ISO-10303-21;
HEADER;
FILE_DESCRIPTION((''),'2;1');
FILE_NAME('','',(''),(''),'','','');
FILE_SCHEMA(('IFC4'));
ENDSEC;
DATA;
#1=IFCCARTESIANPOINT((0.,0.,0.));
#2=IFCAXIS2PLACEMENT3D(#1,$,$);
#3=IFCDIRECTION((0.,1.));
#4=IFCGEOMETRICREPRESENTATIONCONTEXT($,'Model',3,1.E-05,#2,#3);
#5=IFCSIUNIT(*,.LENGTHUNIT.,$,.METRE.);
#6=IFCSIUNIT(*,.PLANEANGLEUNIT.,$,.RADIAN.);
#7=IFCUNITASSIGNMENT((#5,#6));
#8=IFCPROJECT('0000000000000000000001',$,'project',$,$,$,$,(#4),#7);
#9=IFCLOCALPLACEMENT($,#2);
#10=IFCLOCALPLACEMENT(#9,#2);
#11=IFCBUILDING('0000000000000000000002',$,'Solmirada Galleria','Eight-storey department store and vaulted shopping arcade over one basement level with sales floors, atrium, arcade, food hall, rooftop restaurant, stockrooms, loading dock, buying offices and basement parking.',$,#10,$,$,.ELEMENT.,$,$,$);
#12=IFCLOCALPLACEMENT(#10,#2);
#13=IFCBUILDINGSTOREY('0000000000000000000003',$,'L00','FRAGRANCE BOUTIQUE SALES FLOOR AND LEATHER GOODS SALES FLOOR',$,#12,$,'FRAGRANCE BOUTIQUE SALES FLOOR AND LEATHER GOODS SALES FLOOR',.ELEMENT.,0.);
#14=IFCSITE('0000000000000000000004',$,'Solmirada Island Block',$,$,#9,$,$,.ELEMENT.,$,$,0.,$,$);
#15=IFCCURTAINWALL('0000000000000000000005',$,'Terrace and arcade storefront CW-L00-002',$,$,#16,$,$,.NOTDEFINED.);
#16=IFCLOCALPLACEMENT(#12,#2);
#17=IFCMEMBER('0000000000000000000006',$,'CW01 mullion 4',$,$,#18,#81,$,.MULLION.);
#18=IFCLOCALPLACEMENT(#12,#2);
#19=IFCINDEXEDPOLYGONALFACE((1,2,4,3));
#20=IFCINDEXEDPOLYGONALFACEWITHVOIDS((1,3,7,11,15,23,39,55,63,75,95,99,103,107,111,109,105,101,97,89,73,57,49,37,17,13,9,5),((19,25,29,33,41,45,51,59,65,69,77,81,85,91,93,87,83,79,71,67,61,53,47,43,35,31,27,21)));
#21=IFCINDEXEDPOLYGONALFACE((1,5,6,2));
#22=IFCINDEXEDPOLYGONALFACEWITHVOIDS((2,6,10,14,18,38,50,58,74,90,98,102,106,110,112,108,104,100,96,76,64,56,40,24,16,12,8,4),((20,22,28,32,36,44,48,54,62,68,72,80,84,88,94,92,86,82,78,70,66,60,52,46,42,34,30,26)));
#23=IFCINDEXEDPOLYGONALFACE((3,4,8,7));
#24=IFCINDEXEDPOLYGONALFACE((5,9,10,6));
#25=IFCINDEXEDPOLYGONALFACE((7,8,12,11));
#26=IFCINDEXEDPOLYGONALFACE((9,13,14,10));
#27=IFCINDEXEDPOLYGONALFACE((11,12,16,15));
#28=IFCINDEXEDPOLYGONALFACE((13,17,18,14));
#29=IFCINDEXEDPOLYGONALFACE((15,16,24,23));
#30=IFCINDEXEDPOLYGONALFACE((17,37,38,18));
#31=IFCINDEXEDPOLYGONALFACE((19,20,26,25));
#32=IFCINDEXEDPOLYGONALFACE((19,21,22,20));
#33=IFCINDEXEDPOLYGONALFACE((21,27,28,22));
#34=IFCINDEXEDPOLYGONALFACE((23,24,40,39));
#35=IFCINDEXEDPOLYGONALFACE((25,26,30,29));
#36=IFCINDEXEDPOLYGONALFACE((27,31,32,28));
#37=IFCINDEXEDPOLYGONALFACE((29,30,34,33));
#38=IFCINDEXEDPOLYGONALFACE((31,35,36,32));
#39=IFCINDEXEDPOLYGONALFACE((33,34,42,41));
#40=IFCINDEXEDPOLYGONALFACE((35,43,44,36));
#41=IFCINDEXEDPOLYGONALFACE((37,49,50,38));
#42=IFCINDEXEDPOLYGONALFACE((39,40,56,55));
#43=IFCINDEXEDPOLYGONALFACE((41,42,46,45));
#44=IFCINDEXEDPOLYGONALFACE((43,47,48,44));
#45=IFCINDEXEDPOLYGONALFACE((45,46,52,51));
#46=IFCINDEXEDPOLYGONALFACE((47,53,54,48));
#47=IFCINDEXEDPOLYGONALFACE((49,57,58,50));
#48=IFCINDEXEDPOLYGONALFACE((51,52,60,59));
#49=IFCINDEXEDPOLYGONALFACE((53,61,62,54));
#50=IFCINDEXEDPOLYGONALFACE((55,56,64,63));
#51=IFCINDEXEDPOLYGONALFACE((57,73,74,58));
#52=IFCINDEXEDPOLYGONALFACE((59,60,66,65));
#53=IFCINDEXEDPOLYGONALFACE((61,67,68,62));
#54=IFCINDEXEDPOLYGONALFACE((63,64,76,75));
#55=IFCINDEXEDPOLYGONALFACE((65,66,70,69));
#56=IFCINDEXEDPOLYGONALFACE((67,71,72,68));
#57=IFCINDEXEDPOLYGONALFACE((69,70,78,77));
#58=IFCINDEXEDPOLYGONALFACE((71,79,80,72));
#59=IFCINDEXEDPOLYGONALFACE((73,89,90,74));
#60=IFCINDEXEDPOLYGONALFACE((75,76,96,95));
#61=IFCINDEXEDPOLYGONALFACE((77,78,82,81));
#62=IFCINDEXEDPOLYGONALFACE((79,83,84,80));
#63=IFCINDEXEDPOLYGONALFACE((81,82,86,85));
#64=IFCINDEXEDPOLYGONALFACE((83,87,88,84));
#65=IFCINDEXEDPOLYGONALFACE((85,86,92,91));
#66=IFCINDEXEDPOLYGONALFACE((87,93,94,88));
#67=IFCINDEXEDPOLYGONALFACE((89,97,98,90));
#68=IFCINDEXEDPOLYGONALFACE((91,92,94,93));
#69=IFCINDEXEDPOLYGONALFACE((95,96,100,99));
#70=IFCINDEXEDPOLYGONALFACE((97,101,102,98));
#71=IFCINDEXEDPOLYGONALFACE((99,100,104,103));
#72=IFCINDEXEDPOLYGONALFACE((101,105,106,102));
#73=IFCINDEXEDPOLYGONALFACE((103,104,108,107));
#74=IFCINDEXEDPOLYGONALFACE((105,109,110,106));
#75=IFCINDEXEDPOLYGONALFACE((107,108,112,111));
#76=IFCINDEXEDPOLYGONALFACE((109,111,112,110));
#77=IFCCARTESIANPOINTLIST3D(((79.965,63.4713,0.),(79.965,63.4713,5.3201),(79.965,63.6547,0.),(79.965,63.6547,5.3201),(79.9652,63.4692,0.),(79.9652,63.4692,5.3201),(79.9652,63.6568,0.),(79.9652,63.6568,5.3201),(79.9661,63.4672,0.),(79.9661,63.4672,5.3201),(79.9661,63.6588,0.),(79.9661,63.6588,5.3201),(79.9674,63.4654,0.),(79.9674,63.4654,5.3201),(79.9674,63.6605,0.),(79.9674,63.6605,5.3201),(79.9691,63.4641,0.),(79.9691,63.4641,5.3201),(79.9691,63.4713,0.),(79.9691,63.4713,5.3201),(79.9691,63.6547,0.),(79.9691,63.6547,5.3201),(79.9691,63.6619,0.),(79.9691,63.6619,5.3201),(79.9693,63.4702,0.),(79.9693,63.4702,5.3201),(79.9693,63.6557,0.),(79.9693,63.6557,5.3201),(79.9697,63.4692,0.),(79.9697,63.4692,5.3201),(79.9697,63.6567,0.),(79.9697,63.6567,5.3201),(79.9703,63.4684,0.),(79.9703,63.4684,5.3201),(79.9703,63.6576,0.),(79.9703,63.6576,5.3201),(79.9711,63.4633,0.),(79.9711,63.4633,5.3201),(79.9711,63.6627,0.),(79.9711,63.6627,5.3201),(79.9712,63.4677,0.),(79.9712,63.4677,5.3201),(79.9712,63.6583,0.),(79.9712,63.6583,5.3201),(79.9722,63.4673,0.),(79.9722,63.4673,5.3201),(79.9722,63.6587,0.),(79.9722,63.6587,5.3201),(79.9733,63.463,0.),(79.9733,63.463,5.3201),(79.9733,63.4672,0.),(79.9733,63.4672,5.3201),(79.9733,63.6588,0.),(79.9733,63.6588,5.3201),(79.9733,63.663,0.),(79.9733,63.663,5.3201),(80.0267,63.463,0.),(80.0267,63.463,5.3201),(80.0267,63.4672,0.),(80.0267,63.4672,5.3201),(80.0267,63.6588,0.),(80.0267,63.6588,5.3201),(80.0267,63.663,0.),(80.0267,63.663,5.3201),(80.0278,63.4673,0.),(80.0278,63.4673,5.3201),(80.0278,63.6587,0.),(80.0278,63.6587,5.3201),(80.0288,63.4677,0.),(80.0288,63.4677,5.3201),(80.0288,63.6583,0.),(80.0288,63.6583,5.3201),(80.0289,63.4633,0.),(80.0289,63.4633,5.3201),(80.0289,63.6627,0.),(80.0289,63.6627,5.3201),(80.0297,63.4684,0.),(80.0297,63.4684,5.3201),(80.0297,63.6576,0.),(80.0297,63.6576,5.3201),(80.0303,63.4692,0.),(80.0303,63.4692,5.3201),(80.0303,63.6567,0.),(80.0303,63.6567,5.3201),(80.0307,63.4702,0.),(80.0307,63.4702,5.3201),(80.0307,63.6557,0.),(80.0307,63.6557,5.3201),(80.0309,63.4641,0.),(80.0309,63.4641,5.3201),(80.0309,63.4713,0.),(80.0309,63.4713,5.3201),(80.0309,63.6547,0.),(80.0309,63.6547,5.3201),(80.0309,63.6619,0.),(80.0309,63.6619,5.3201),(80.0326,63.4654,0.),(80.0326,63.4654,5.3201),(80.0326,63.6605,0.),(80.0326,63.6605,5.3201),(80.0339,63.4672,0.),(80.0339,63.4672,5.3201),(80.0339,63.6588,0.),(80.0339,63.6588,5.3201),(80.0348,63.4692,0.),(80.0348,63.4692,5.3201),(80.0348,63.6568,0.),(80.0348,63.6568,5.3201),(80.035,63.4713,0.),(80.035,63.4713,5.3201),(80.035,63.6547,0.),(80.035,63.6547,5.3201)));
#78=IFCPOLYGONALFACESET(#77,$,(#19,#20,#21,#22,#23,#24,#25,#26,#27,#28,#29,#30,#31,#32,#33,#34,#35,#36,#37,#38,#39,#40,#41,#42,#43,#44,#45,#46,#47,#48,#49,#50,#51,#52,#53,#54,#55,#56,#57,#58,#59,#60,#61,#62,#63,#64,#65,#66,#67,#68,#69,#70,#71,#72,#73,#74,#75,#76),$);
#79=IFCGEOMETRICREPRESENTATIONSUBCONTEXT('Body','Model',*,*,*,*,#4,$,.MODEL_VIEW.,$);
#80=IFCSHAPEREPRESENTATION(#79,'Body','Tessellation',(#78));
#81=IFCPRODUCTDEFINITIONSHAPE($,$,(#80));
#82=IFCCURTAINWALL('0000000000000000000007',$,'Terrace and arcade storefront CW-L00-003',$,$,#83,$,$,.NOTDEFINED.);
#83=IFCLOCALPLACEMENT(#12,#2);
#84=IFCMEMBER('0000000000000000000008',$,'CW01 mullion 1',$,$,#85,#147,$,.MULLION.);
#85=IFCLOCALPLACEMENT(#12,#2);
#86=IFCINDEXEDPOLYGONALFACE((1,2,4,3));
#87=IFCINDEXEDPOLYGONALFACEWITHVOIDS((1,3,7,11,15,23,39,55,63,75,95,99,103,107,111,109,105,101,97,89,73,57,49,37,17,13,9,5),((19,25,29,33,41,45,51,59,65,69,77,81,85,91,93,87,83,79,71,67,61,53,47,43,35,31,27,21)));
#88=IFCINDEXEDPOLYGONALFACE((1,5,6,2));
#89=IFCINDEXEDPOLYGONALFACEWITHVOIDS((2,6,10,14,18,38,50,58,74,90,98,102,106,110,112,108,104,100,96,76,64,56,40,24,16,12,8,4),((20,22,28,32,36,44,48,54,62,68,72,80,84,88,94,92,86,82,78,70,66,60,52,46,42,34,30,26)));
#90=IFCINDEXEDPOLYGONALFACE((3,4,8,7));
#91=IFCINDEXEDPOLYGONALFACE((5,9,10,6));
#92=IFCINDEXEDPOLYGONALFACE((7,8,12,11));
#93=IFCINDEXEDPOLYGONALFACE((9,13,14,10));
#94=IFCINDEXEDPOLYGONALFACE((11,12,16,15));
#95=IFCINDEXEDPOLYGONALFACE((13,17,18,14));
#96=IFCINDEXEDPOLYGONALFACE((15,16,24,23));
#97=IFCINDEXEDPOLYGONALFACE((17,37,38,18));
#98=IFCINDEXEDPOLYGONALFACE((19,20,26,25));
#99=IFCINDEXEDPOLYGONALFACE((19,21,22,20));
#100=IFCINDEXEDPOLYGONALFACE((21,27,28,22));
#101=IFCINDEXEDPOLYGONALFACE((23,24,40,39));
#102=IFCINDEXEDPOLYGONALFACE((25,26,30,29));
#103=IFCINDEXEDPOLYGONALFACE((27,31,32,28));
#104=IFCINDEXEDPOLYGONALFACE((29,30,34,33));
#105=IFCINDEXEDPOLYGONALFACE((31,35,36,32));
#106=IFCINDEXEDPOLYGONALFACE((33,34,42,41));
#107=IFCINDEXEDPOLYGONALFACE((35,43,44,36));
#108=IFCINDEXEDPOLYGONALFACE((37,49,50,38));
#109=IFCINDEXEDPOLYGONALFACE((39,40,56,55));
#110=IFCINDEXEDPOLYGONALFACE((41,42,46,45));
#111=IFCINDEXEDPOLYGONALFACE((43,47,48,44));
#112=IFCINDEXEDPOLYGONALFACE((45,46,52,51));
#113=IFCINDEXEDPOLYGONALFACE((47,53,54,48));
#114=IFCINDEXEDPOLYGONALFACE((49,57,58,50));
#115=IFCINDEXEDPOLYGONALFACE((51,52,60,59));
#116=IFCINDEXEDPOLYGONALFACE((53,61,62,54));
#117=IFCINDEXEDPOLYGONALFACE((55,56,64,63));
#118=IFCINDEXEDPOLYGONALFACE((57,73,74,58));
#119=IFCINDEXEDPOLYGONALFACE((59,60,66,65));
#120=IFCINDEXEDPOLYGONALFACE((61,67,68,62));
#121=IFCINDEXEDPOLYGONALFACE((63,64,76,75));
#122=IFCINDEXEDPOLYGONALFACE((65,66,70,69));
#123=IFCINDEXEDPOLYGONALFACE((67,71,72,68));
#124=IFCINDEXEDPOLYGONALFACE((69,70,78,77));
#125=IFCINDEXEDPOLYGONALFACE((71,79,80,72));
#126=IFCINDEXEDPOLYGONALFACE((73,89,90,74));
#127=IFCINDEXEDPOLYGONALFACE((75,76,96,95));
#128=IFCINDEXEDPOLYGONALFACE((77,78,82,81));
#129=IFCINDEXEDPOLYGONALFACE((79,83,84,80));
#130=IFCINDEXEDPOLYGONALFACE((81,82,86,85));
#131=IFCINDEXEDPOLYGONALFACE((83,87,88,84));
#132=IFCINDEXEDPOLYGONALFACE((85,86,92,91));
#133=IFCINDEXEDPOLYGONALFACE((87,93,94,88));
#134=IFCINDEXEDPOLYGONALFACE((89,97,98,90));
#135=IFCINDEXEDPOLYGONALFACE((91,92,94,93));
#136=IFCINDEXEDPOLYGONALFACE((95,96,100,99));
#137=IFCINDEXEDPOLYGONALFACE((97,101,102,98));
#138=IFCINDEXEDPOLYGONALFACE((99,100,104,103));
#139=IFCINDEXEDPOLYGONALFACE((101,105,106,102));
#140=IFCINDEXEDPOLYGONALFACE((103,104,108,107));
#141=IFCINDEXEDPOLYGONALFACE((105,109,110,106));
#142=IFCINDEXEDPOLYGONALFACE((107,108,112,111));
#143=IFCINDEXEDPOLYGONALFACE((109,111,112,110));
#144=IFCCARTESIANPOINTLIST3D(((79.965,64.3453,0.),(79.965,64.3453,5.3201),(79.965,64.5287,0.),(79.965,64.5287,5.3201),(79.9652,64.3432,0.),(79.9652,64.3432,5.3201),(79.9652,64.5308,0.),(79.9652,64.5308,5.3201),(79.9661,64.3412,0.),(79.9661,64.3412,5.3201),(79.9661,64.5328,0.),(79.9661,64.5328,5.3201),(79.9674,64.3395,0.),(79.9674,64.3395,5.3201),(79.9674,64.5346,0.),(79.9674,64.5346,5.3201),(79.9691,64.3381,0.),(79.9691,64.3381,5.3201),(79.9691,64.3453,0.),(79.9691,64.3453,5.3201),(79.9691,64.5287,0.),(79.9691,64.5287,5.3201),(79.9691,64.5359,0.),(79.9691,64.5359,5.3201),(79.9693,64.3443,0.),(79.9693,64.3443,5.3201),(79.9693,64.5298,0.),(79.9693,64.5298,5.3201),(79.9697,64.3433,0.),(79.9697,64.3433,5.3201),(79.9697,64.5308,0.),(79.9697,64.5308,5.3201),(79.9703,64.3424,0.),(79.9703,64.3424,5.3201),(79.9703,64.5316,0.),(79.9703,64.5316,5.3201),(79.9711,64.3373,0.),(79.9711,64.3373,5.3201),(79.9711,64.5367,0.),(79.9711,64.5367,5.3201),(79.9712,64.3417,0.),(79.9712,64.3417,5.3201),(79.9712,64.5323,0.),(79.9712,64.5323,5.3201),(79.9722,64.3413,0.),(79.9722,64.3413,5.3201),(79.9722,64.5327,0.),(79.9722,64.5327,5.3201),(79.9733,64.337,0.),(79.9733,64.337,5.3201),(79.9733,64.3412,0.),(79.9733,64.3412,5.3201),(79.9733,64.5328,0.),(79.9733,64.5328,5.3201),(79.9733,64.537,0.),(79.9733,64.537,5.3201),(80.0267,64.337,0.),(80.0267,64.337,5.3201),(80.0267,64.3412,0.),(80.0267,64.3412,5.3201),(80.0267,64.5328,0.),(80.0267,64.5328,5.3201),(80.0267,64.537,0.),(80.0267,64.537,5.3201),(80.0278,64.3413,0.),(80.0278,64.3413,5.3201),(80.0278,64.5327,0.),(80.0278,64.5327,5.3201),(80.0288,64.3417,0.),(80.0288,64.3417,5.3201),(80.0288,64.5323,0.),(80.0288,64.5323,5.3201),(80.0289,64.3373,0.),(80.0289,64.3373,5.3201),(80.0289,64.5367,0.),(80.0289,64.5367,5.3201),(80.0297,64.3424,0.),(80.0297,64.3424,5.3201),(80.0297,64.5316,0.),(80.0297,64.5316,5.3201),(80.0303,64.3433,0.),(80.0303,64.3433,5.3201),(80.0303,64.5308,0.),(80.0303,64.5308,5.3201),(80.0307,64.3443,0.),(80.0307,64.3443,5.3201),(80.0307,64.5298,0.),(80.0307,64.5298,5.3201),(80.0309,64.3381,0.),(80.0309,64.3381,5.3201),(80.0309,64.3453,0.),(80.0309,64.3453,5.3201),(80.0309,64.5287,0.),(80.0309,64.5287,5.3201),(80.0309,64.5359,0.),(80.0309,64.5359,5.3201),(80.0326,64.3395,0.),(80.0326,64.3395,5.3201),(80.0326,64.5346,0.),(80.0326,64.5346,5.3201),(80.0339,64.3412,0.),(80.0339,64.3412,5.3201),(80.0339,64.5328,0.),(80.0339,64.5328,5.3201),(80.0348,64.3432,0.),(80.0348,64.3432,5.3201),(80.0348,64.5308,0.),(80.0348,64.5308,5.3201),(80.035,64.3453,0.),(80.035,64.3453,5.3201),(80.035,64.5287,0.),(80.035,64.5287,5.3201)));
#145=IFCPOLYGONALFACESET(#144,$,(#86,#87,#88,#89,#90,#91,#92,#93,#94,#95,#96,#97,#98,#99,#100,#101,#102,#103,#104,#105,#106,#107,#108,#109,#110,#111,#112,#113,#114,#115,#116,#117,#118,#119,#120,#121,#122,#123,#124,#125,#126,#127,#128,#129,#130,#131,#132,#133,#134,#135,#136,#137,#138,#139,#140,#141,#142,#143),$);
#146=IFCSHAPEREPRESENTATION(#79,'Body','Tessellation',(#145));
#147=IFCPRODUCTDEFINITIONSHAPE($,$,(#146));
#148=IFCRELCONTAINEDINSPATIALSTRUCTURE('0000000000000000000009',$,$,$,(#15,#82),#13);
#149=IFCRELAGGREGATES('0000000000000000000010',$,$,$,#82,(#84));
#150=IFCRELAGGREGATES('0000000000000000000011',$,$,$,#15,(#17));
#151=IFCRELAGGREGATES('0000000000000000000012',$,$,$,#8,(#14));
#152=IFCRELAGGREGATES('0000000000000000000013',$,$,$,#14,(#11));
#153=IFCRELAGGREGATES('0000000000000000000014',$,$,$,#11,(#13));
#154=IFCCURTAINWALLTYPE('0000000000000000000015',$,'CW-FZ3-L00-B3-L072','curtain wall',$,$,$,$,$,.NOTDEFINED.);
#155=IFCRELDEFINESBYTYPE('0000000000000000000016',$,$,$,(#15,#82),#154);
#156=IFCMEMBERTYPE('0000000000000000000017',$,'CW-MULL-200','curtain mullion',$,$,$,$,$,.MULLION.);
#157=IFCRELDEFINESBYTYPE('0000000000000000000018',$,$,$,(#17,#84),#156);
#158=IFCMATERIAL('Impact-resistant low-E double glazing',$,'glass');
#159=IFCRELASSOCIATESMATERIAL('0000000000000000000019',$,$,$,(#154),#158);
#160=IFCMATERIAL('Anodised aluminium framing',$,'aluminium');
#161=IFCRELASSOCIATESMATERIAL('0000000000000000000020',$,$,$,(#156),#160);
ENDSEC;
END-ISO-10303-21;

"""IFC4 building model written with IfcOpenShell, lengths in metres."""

from ifc_helpers import new_model, si_unit, direction, frame, origin, origin_2d, place, context, subcontext, project, spatial, hollow_rectangle, extrude, material, material_profile, profile_set, type_object, element, aggregate, save


model = new_model("IFC4")

# Units and contexts
model_context = context("Model", 3, precision=1e-05, world=origin(), true_north=direction((0.0, 1.0)))
body_context = subcontext(model_context, "Body", "Model", "MODEL_VIEW")
ifc_project = project(units=[si_unit("LENGTHUNIT", "METRE"), si_unit("PLANEANGLEUNIT", "RADIAN")], contexts=[model_context])

# Site, building, storey
site_placement = place(None, origin())
site = spatial("IfcSite", under=ifc_project, at=site_placement, Name="Solmirada Island Block", CompositionType="ELEMENT", RefElevation=0.0)
building_placement = place(site_placement, origin())
building = spatial("IfcBuilding", under=site, at=building_placement, Name="Solmirada Galleria", Description="Eight-storey department store and vaulted shopping arcade over one basement level with sales floors, atrium, arcade, food hall, rooftop restaurant, stockrooms, loading dock, buying offices and basement parking.", CompositionType="ELEMENT")
storey_placement = place(building_placement, origin())
storey = spatial("IfcBuildingStorey", under=building, at=storey_placement, Name="L00", Description="FRAGRANCE BOUTIQUE SALES FLOOR AND LEATHER GOODS SALES FLOOR", LongName="FRAGRANCE BOUTIQUE SALES FLOOR AND LEATHER GOODS SALES FLOOR", CompositionType="ELEMENT", Elevation=0.0)

# Curtain wall, member
ifc_material_1 = material(Name="Impact-resistant low-E double glazing", Category="glass")
curtain_wall_type_1 = type_object("IfcCurtainWallType", Name="CW-FZ3-L00-B3-L072", Description="curtain wall", PredefinedType="NOTDEFINED", material=ifc_material_1)
curtain_wall_1_placement = place(storey_placement, origin())
curtain_wall_1 = element("IfcCurtainWall", 1, at=curtain_wall_1_placement, inside=storey, type_object=curtain_wall_type_1, Name="Terrace and arcade storefront CW-L00-002", PredefinedType="NOTDEFINED")
ifc_material_2 = material(Name="Anodised aluminium framing", Category="aluminium")
ifc_material_profile_1 = material_profile(ifc_material_2, hollow_rectangle(XDim=0.0701, YDim=0.2, WallThickness=0.0042, InnerFilletRadius=0.0042, OuterFilletRadius=0.0083, at=origin_2d()), Name="ALU-MULL-200X70")
ifc_profile_set_1 = profile_set([ifc_material_profile_1], Name="Anodised aluminium framing")
member_type_1 = type_object("IfcMemberType", Name="CW-MULL-200", Description="curtain mullion", PredefinedType="MULLION", material=ifc_profile_set_1)
member_1_placement = place(storey_placement, frame((80.0, 63.563, 0.0), z_axis=(0.0, 0.0, 1.0), x_axis=(-1.0, 0.0, 0.0)))
member_1 = element("IfcMember", 2, at=member_1_placement, type_object=member_type_1, Name="CW01 mullion 4", PredefinedType="MULLION", context=body_context, shape_type="SweptSolid", body=[
    extrude(hollow_rectangle(XDim=0.0701, YDim=0.2, WallThickness=0.0042, InnerFilletRadius=0.0042, OuterFilletRadius=0.0083, at=origin_2d()), origin(), (0.0, 0.0, 1.0), 5.3201),
])

# Curtain wall, member
curtain_wall_2_placement = place(storey_placement, origin())
curtain_wall_2 = element("IfcCurtainWall", 3, at=curtain_wall_2_placement, inside=storey, type_object=curtain_wall_type_1, Name="Terrace and arcade storefront CW-L00-003", PredefinedType="NOTDEFINED")
member_2_placement = place(storey_placement, frame((80.0, 64.437, 0.0), z_axis=(0.0, 0.0, 1.0), x_axis=(-1.0, 0.0, 0.0)))
member_2 = element("IfcMember", 4, at=member_2_placement, type_object=member_type_1, Name="CW01 mullion 1", PredefinedType="MULLION", context=body_context, shape_type="SweptSolid", body=[
    extrude(hollow_rectangle(XDim=0.0701, YDim=0.2, WallThickness=0.0042, InnerFilletRadius=0.0042, OuterFilletRadius=0.0083, at=origin_2d()), origin(), (0.0, 0.0, 1.0), 5.3201),
])

aggregate(curtain_wall_2, [member_2])

aggregate(curtain_wall_1, [member_1])

save(model, "model.ifc")
